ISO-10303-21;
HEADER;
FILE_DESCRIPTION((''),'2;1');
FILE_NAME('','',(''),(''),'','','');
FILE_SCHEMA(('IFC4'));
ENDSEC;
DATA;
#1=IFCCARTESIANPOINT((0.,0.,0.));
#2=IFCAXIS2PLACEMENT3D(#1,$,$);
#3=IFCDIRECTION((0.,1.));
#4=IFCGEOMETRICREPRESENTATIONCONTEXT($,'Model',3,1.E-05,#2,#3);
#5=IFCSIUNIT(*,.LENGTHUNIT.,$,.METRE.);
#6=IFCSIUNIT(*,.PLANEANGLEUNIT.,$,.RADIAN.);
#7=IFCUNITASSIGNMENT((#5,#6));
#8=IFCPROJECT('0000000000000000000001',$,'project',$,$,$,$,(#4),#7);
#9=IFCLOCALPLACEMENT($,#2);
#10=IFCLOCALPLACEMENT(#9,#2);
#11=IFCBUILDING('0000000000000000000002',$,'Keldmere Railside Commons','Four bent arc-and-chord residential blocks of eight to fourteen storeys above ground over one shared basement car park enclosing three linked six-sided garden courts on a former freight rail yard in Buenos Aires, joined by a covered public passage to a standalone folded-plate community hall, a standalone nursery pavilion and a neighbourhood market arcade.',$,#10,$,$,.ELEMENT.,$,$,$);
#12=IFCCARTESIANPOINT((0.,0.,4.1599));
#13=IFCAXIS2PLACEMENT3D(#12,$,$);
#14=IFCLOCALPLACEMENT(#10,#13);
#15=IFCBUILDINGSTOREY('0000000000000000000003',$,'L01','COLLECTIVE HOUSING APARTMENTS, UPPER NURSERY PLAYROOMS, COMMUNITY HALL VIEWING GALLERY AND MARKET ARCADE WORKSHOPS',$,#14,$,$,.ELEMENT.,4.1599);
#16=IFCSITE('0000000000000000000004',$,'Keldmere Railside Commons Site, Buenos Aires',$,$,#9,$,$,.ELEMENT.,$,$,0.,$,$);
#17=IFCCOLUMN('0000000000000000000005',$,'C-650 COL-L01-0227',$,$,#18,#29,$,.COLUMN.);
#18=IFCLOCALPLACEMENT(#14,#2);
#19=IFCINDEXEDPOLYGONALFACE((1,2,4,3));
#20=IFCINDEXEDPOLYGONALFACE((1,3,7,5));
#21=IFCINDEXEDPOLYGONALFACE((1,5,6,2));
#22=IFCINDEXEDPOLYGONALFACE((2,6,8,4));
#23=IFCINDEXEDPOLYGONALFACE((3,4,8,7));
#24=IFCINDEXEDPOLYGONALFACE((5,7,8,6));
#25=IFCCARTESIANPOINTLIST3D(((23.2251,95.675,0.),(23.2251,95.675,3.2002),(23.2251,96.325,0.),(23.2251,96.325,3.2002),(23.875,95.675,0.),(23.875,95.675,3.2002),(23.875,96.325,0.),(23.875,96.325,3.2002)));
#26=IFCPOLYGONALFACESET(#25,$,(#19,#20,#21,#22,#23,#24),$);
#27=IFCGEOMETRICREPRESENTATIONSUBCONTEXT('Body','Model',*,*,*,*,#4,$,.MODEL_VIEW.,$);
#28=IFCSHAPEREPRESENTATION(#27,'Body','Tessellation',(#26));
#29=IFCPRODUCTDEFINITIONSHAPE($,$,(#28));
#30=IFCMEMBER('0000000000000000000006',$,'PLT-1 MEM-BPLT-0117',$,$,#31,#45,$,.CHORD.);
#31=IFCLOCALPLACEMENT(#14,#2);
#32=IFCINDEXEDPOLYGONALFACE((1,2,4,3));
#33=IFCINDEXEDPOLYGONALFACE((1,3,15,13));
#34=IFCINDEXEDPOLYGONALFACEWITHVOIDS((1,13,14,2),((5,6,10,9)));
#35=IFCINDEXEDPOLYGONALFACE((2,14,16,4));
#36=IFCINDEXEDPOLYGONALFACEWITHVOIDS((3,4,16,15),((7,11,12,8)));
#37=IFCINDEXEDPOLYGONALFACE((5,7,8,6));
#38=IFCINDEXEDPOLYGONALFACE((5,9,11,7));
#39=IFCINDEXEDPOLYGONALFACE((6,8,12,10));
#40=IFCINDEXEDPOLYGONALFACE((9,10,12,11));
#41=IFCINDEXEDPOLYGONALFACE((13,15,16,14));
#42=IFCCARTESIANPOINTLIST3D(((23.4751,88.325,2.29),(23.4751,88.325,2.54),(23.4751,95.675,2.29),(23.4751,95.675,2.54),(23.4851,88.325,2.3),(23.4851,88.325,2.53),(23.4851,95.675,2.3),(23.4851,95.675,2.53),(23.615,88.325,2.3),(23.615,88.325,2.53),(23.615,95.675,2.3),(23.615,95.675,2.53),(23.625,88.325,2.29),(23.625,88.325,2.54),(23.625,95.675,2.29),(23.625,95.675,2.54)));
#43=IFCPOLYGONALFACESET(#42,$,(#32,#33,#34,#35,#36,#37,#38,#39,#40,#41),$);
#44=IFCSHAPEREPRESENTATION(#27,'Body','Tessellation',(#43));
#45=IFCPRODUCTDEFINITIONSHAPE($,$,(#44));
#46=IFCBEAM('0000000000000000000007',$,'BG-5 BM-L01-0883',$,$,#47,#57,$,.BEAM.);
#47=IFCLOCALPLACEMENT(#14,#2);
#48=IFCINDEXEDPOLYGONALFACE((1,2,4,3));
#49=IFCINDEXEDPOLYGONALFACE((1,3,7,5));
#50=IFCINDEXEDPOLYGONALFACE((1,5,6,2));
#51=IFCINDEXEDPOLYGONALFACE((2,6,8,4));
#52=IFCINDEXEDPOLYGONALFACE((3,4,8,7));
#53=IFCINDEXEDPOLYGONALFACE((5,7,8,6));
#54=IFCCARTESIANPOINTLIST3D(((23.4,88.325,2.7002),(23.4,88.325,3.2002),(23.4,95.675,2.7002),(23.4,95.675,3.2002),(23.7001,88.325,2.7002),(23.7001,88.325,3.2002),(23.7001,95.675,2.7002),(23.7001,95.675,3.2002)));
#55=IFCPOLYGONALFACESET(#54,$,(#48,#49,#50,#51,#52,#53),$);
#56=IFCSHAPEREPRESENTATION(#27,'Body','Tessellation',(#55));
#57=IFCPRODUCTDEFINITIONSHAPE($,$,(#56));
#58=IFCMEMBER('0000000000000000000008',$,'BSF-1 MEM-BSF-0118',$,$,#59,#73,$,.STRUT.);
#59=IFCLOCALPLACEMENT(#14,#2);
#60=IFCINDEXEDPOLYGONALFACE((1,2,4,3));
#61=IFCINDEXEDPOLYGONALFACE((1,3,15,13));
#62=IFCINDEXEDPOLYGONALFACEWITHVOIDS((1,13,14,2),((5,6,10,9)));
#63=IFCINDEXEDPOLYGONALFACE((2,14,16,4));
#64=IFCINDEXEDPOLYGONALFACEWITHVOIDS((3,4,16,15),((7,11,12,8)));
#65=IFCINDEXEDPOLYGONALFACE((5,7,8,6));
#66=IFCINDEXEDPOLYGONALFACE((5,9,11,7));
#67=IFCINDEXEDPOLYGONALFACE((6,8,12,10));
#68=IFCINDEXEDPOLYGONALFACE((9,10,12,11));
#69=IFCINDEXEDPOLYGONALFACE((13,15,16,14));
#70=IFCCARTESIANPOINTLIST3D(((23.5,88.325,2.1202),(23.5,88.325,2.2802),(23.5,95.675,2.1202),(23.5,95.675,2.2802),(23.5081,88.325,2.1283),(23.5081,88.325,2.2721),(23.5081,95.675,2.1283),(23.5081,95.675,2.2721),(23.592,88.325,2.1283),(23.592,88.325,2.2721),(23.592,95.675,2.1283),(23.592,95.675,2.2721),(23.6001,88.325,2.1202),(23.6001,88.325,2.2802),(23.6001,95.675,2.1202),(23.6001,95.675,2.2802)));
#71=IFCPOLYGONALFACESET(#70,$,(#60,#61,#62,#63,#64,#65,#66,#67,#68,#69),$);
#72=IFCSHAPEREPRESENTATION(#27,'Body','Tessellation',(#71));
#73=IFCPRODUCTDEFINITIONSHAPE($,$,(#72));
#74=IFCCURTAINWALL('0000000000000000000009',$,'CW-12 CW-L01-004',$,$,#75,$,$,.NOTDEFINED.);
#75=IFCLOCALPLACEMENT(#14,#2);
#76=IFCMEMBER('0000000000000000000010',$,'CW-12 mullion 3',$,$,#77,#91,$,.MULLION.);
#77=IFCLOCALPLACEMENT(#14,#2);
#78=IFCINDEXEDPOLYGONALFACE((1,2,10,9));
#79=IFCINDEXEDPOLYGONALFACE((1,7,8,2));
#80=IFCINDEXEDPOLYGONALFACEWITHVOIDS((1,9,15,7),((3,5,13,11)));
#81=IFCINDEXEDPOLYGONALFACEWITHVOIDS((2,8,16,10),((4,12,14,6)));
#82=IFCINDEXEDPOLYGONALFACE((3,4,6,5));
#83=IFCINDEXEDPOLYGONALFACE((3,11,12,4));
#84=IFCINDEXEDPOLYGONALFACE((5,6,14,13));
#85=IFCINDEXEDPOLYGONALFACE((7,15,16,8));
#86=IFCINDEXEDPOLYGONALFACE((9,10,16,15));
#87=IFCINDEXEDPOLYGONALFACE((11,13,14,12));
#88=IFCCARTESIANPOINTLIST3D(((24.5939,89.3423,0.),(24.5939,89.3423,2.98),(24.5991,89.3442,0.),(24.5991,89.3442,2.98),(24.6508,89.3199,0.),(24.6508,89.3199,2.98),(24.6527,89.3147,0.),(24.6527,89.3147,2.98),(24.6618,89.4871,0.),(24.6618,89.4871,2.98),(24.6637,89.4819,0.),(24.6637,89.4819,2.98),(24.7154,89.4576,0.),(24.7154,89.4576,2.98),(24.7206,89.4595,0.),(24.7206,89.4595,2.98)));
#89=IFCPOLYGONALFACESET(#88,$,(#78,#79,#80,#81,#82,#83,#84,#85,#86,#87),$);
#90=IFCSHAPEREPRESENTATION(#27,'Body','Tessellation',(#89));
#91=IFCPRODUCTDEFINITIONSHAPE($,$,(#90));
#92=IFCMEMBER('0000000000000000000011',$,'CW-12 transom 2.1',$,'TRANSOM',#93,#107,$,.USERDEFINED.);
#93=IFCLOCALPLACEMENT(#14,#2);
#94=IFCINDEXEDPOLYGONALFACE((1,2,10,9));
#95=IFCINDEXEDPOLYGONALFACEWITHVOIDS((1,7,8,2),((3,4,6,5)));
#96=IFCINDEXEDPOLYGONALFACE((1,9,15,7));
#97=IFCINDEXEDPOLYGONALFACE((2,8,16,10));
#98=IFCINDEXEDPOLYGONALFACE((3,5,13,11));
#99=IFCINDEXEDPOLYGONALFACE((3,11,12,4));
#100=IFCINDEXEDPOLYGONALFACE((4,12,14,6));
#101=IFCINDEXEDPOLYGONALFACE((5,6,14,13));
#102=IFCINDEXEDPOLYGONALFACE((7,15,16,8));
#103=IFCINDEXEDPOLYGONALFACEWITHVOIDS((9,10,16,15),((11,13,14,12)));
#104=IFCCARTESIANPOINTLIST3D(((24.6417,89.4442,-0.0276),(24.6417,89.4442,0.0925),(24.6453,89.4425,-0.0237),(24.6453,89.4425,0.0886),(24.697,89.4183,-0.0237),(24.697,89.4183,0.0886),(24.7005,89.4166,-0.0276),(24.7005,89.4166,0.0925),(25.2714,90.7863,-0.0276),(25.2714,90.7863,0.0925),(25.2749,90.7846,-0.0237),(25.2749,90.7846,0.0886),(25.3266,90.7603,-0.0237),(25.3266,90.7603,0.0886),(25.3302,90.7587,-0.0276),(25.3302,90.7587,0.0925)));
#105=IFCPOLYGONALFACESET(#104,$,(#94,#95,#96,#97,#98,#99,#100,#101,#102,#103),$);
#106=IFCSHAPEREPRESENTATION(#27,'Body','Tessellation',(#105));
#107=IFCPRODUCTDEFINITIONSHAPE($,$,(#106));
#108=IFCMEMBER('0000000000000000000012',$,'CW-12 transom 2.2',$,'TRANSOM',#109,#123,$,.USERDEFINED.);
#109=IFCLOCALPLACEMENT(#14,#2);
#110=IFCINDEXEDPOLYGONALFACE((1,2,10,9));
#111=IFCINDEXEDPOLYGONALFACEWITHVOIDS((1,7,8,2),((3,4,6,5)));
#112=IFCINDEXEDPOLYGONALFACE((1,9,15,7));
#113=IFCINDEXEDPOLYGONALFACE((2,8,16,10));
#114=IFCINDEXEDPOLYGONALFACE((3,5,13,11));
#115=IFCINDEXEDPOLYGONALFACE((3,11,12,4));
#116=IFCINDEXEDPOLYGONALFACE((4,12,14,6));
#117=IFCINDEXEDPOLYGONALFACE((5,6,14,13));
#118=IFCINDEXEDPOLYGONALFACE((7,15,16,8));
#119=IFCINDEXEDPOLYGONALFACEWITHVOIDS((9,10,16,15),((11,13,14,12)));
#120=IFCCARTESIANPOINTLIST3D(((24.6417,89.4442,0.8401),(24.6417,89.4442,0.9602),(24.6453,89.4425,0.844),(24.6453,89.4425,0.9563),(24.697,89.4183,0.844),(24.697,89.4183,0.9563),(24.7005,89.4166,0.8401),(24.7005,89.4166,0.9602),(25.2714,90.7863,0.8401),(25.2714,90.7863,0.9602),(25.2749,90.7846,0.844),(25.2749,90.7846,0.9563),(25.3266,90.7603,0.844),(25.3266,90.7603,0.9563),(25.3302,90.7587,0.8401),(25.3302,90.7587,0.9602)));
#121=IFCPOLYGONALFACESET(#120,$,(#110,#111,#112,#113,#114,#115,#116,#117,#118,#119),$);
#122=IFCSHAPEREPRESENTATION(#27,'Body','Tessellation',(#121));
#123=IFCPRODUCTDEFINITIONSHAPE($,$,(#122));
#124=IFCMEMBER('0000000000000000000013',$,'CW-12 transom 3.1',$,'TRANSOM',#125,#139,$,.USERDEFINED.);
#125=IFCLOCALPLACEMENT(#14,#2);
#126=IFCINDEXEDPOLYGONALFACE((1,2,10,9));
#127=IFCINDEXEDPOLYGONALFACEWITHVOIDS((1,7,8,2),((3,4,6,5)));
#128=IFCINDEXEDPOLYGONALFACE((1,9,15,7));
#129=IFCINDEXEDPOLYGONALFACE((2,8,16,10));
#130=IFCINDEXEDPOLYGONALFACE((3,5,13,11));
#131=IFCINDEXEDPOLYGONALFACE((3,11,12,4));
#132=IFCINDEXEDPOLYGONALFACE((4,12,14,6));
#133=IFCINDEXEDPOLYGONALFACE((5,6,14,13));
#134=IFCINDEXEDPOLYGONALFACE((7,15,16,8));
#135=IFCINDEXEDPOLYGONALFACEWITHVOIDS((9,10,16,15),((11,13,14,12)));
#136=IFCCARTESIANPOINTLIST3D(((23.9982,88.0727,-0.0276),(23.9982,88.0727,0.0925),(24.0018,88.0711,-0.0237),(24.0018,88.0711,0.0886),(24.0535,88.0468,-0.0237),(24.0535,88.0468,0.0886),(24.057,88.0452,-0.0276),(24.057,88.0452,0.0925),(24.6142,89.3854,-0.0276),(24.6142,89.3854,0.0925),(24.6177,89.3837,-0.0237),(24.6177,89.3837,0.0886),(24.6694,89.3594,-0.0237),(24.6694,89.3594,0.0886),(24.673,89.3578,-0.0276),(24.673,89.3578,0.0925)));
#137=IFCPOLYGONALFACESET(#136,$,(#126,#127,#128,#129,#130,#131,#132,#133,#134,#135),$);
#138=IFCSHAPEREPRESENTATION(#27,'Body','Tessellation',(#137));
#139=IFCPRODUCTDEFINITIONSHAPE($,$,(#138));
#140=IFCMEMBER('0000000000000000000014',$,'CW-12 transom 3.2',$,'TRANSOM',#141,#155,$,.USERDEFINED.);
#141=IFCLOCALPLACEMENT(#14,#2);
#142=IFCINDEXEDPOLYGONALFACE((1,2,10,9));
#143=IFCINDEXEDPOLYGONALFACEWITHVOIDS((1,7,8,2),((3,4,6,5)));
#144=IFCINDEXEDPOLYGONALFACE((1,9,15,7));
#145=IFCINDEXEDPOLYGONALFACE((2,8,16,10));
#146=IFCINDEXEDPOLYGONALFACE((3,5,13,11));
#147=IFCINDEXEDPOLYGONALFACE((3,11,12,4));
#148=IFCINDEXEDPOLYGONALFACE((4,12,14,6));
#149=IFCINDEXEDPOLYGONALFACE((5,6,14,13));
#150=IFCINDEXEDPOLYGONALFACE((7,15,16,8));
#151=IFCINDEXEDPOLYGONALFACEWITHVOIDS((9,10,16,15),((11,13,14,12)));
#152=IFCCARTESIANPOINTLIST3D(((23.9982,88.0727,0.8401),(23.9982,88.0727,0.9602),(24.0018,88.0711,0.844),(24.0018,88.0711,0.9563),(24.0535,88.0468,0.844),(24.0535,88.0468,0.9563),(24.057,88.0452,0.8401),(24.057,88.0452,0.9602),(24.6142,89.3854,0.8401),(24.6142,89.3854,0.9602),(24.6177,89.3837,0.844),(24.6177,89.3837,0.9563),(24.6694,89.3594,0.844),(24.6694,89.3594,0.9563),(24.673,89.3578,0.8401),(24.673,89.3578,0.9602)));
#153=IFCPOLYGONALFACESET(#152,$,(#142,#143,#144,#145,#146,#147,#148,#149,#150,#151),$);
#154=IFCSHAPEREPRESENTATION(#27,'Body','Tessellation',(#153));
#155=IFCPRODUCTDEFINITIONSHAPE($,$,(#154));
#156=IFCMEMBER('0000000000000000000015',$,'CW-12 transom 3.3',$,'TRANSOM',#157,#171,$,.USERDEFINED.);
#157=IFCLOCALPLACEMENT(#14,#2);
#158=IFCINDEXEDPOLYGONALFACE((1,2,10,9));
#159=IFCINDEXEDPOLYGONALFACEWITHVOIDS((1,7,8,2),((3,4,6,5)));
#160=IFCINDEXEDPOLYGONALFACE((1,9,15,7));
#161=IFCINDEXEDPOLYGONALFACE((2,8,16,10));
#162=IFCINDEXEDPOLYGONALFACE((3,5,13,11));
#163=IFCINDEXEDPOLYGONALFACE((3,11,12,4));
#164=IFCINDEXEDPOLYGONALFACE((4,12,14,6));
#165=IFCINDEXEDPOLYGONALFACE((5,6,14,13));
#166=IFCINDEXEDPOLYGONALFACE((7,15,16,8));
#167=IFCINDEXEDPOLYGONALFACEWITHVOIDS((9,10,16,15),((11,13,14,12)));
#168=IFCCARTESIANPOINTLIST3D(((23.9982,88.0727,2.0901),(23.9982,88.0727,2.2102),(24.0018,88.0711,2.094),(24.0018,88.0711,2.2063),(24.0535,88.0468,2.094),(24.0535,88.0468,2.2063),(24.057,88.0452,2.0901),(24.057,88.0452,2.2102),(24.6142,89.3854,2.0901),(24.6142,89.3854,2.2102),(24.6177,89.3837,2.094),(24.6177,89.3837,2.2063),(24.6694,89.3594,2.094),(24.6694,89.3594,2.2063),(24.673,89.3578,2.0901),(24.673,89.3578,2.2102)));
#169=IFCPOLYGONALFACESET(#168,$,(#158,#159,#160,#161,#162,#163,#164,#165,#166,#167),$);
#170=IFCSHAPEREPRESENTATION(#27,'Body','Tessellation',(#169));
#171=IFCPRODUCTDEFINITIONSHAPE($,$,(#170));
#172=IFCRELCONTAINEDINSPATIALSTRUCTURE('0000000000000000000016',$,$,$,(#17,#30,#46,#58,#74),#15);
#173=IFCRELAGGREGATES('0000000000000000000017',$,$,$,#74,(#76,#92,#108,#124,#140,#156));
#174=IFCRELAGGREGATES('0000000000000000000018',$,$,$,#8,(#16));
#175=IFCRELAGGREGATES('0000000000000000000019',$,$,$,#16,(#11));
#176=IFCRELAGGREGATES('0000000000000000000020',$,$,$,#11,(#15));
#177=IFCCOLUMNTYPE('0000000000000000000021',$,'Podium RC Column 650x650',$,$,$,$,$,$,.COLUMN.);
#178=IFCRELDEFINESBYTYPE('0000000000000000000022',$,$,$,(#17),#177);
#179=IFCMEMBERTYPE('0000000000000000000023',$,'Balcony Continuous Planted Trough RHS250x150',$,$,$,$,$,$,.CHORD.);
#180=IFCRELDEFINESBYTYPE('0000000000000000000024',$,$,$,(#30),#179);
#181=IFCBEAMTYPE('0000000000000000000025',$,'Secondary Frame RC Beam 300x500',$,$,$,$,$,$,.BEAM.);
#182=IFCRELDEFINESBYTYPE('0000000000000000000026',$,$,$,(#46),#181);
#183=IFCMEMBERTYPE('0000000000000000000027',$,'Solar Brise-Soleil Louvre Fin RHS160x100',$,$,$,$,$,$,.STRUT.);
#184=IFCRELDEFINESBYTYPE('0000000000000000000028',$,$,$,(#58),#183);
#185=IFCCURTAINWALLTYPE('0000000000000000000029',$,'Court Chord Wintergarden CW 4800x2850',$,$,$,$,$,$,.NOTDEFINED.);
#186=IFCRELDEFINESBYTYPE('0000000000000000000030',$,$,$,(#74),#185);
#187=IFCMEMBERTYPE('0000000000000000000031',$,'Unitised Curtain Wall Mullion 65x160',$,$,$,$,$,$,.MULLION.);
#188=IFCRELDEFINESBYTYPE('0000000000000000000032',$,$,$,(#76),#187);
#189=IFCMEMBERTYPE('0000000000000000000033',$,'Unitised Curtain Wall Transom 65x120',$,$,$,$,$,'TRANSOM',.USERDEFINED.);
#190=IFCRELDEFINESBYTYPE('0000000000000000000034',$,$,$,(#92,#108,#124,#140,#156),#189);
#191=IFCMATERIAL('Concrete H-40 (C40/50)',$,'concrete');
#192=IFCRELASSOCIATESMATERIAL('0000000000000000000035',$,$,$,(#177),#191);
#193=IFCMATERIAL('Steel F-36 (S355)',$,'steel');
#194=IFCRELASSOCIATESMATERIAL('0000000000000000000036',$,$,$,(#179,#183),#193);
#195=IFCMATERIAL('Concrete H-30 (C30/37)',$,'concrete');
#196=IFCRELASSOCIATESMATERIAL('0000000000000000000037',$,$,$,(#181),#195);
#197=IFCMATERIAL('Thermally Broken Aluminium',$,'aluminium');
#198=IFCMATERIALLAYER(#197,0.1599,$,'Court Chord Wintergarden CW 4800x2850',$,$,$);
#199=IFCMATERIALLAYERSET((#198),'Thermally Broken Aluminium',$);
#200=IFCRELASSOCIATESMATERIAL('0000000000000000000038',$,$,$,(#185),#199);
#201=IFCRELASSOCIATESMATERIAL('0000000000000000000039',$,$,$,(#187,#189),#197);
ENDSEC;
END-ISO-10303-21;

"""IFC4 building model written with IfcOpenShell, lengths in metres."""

from ifc_helpers import new_model, si_unit, direction, frame, origin, origin_2d, place, context, subcontext, project, spatial, rectangle, hollow_rectangle, extrude, material, layer, layer_set, material_profile, profile_set, type_object, element, aggregate, save


model = new_model("IFC4")

# Units and contexts
model_context = context("Model", 3, precision=1e-05, world=origin(), true_north=direction((0.0, 1.0)))
body_context = subcontext(model_context, "Body", "Model", "MODEL_VIEW")
ifc_project = project(units=[si_unit("LENGTHUNIT", "METRE"), si_unit("PLANEANGLEUNIT", "RADIAN")], contexts=[model_context])

# Site, building, storey
site_placement = place(None, origin())
site = spatial("IfcSite", under=ifc_project, at=site_placement, Name="Keldmere Railside Commons Site, Buenos Aires", CompositionType="ELEMENT", RefElevation=0.0)
building_placement = place(site_placement, origin())
building = spatial("IfcBuilding", under=site, at=building_placement, Name="Keldmere Railside Commons", Description="Four bent arc-and-chord residential blocks of eight to fourteen storeys above ground over one shared basement car park enclosing three linked six-sided garden courts on a former freight rail yard in Buenos Aires, joined by a covered public passage to a standalone folded-plate community hall, a standalone nursery pavilion and a neighbourhood market arcade.", CompositionType="ELEMENT")
storey_placement = place(building_placement, frame((0.0, 0.0, 4.1599)))
storey = spatial("IfcBuildingStorey", under=building, at=storey_placement, Name="L01", Description="COLLECTIVE HOUSING APARTMENTS, UPPER NURSERY PLAYROOMS, COMMUNITY HALL VIEWING GALLERY AND MARKET ARCADE WORKSHOPS", CompositionType="ELEMENT", Elevation=4.1599)

# Column
ifc_material_1 = material(Name="Concrete H-40 (C40/50)", Category="concrete")
ifc_material_profile_1 = material_profile(ifc_material_1, rectangle(XDim=0.6499, YDim=0.6499, at=origin_2d()), Name="RC-650x650")
ifc_profile_set_1 = profile_set([ifc_material_profile_1], Name="Concrete H-40 (C40/50)")
column_type = type_object("IfcColumnType", Name="Podium RC Column 650x650", PredefinedType="COLUMN", material=ifc_profile_set_1)
column_placement = place(storey_placement, frame((23.55, 96.0, 0.0), z_axis=(0.0, 0.0, 1.0), x_axis=(1.0, 0.0, 0.0)))
element("IfcColumn", 1, at=column_placement, inside=storey, type_object=column_type, Name="C-650 COL-L01-0227", PredefinedType="COLUMN", context=body_context, shape_type="SweptSolid", body=[
    extrude(rectangle(XDim=0.6499, YDim=0.6499, at=origin_2d()), origin(), (0.0, 0.0, 1.0), 3.2002),
])

# Member
ifc_material_2 = material(Name="Steel F-36 (S355)", Category="steel")
ifc_material_profile_2 = material_profile(ifc_material_2, hollow_rectangle(XDim=0.1499, YDim=0.25, WallThickness=0.01, at=origin_2d()), Name="RHS-250x150x10")
ifc_profile_set_2 = profile_set([ifc_material_profile_2], Name="Steel F-36 (S355)")
member_type_1 = type_object("IfcMemberType", Name="Balcony Continuous Planted Trough RHS250x150", PredefinedType="CHORD", material=ifc_profile_set_2)
member_1_placement = place(storey_placement, frame((23.55, 88.325, 2.415), z_axis=(0.0, 1.0, 0.0), x_axis=(-1.0, 0.0, 0.0)))
element("IfcMember", 2, at=member_1_placement, inside=storey, type_object=member_type_1, Name="PLT-1 MEM-BPLT-0117", PredefinedType="CHORD", context=body_context, shape_type="SweptSolid", body=[
    extrude(hollow_rectangle(XDim=0.1499, YDim=0.25, WallThickness=0.01, at=origin_2d()), origin(), (0.0, 0.0, 1.0), 7.3501),
])

# Beam
ifc_material_3 = material(Name="Concrete H-30 (C30/37)", Category="concrete")
ifc_material_profile_3 = material_profile(ifc_material_3, rectangle(XDim=0.3, YDim=0.5, at=origin_2d()), Name="RC-300x500")
ifc_profile_set_3 = profile_set([ifc_material_profile_3], Name="Concrete H-30 (C30/37)")
beam_type = type_object("IfcBeamType", Name="Secondary Frame RC Beam 300x500", PredefinedType="BEAM", material=ifc_profile_set_3)
beam_placement = place(storey_placement, frame((23.55, 88.325, 2.9502), z_axis=(0.0, 1.0, 0.0), x_axis=(-1.0, 0.0, 0.0)))
element("IfcBeam", 3, at=beam_placement, inside=storey, type_object=beam_type, Name="BG-5 BM-L01-0883", PredefinedType="BEAM", context=body_context, shape_type="SweptSolid", body=[
    extrude(rectangle(XDim=0.3, YDim=0.5, at=origin_2d()), origin(), (0.0, 0.0, 1.0), 7.3501),
])

# Member
ifc_material_profile_4 = material_profile(ifc_material_2, hollow_rectangle(XDim=0.1001, YDim=0.1599, WallThickness=0.0081, at=origin_2d()), Name="RHS-160x100x8")
ifc_profile_set_4 = profile_set([ifc_material_profile_4], Name="Steel F-36 (S355)")
member_type_2 = type_object("IfcMemberType", Name="Solar Brise-Soleil Louvre Fin RHS160x100", PredefinedType="STRUT", material=ifc_profile_set_4)
member_2_placement = place(storey_placement, frame((23.55, 88.325, 2.2002), z_axis=(0.0, 1.0, 0.0), x_axis=(-1.0, 0.0, 0.0)))
element("IfcMember", 4, at=member_2_placement, inside=storey, type_object=member_type_2, Name="BSF-1 MEM-BSF-0118", PredefinedType="STRUT", context=body_context, shape_type="SweptSolid", body=[
    extrude(hollow_rectangle(XDim=0.1001, YDim=0.1599, WallThickness=0.0081, at=origin_2d()), origin(), (0.0, 0.0, 1.0), 7.3501),
])

# Curtain wall, members
ifc_material_4 = material(Name="Thermally Broken Aluminium", Category="aluminium")
ifc_layer_1 = layer(ifc_material_4, 0.1599, Name="Court Chord Wintergarden CW 4800x2850")
ifc_layer_set_1 = layer_set([ifc_layer_1], Name="Thermally Broken Aluminium")
curtain_wall_type = type_object("IfcCurtainWallType", Name="Court Chord Wintergarden CW 4800x2850", PredefinedType="NOTDEFINED", material=ifc_layer_set_1)
curtain_wall_placement = place(storey_placement, origin())
curtain_wall = element("IfcCurtainWall", 5, at=curtain_wall_placement, inside=storey, type_object=curtain_wall_type, Name="CW-12 CW-L01-004", PredefinedType="NOTDEFINED")
ifc_material_profile_5 = material_profile(ifc_material_4, hollow_rectangle(XDim=0.0649, YDim=0.1599, WallThickness=0.0039, at=origin_2d()), Name="ALU-MULL-65x160")
ifc_profile_set_5 = profile_set([ifc_material_profile_5], Name="Thermally Broken Aluminium")
member_type_3 = type_object("IfcMemberType", Name="Unitised Curtain Wall Mullion 65x160", PredefinedType="MULLION", material=ifc_profile_set_5)
member_3_placement = place(storey_placement, frame((24.6572, 89.4009, 0.0), z_axis=(0.0, 0.0, 1.0), x_axis=(0.905306, -0.424759, 0.0)))
member_3 = element("IfcMember", 6, at=member_3_placement, type_object=member_type_3, Name="CW-12 mullion 3", PredefinedType="MULLION", context=body_context, shape_type="SweptSolid", body=[
    extrude(hollow_rectangle(XDim=0.0649, YDim=0.1599, WallThickness=0.0039, at=origin_2d()), origin(), (0.0, 0.0, 1.0), 2.98),
])
ifc_material_profile_6 = material_profile(ifc_material_4, hollow_rectangle(XDim=0.0649, YDim=0.1201, WallThickness=0.0039, at=origin_2d()), Name="ALU-TRAN-65x120")
ifc_profile_set_6 = profile_set([ifc_material_profile_6], Name="Thermally Broken Aluminium")
member_type_4 = type_object("IfcMemberType", Name="Unitised Curtain Wall Transom 65x120", ElementType="TRANSOM", PredefinedType="USERDEFINED", material=ifc_profile_set_6)
member_4_placement = place(storey_placement, frame((25.3008, 90.7725, 0.0325), z_axis=(-0.424742, -0.905314, 0.0), x_axis=(0.905314, -0.424742, 0.0)))
member_4 = element("IfcMember", 7, at=member_4_placement, type_object=member_type_4, Name="CW-12 transom 2.1", ObjectType="TRANSOM", PredefinedType="USERDEFINED", context=body_context, shape_type="SweptSolid", body=[
    extrude(hollow_rectangle(XDim=0.0649, YDim=0.1201, WallThickness=0.0039, at=origin_2d()), origin(), (0.0, 0.0, 1.0), 1.4824),
])
member_5_placement = place(storey_placement, frame((25.3008, 90.7725, 0.9001), z_axis=(-0.424742, -0.905314, 0.0), x_axis=(0.905314, -0.424742, 0.0)))
member_5 = element("IfcMember", 8, at=member_5_placement, type_object=member_type_4, Name="CW-12 transom 2.2", ObjectType="TRANSOM", PredefinedType="USERDEFINED", context=body_context, shape_type="SweptSolid", body=[
    extrude(hollow_rectangle(XDim=0.0649, YDim=0.1201, WallThickness=0.0039, at=origin_2d()), origin(), (0.0, 0.0, 1.0), 1.4824),
])
member_6_placement = place(storey_placement, frame((24.6436, 89.3716, 0.0325), z_axis=(-0.424783, -0.905295, 0.0), x_axis=(0.905295, -0.424783, 0.0)))
member_6 = element("IfcMember", 9, at=member_6_placement, type_object=member_type_4, Name="CW-12 transom 3.1", ObjectType="TRANSOM", PredefinedType="USERDEFINED", context=body_context, shape_type="SweptSolid", body=[
    extrude(hollow_rectangle(XDim=0.0649, YDim=0.1201, WallThickness=0.0039, at=origin_2d()), origin(), (0.0, 0.0, 1.0), 1.45),
])
member_7_placement = place(storey_placement, frame((24.6436, 89.3716, 0.9001), z_axis=(-0.424783, -0.905295, 0.0), x_axis=(0.905295, -0.424783, 0.0)))
member_7 = element("IfcMember", 10, at=member_7_placement, type_object=member_type_4, Name="CW-12 transom 3.2", ObjectType="TRANSOM", PredefinedType="USERDEFINED", context=body_context, shape_type="SweptSolid", body=[
    extrude(hollow_rectangle(XDim=0.0649, YDim=0.1201, WallThickness=0.0039, at=origin_2d()), origin(), (0.0, 0.0, 1.0), 1.45),
])
member_8_placement = place(storey_placement, frame((24.6436, 89.3716, 2.1501), z_axis=(-0.424783, -0.905295, 0.0), x_axis=(0.905295, -0.424783, 0.0)))
member_8 = element("IfcMember", 11, at=member_8_placement, type_object=member_type_4, Name="CW-12 transom 3.3", ObjectType="TRANSOM", PredefinedType="USERDEFINED", context=body_context, shape_type="SweptSolid", body=[
    extrude(hollow_rectangle(XDim=0.0649, YDim=0.1201, WallThickness=0.0039, at=origin_2d()), origin(), (0.0, 0.0, 1.0), 1.45),
])
aggregate(curtain_wall, [member_3, member_4, member_5, member_6, member_7, member_8])

save(model, "model.ifc")
